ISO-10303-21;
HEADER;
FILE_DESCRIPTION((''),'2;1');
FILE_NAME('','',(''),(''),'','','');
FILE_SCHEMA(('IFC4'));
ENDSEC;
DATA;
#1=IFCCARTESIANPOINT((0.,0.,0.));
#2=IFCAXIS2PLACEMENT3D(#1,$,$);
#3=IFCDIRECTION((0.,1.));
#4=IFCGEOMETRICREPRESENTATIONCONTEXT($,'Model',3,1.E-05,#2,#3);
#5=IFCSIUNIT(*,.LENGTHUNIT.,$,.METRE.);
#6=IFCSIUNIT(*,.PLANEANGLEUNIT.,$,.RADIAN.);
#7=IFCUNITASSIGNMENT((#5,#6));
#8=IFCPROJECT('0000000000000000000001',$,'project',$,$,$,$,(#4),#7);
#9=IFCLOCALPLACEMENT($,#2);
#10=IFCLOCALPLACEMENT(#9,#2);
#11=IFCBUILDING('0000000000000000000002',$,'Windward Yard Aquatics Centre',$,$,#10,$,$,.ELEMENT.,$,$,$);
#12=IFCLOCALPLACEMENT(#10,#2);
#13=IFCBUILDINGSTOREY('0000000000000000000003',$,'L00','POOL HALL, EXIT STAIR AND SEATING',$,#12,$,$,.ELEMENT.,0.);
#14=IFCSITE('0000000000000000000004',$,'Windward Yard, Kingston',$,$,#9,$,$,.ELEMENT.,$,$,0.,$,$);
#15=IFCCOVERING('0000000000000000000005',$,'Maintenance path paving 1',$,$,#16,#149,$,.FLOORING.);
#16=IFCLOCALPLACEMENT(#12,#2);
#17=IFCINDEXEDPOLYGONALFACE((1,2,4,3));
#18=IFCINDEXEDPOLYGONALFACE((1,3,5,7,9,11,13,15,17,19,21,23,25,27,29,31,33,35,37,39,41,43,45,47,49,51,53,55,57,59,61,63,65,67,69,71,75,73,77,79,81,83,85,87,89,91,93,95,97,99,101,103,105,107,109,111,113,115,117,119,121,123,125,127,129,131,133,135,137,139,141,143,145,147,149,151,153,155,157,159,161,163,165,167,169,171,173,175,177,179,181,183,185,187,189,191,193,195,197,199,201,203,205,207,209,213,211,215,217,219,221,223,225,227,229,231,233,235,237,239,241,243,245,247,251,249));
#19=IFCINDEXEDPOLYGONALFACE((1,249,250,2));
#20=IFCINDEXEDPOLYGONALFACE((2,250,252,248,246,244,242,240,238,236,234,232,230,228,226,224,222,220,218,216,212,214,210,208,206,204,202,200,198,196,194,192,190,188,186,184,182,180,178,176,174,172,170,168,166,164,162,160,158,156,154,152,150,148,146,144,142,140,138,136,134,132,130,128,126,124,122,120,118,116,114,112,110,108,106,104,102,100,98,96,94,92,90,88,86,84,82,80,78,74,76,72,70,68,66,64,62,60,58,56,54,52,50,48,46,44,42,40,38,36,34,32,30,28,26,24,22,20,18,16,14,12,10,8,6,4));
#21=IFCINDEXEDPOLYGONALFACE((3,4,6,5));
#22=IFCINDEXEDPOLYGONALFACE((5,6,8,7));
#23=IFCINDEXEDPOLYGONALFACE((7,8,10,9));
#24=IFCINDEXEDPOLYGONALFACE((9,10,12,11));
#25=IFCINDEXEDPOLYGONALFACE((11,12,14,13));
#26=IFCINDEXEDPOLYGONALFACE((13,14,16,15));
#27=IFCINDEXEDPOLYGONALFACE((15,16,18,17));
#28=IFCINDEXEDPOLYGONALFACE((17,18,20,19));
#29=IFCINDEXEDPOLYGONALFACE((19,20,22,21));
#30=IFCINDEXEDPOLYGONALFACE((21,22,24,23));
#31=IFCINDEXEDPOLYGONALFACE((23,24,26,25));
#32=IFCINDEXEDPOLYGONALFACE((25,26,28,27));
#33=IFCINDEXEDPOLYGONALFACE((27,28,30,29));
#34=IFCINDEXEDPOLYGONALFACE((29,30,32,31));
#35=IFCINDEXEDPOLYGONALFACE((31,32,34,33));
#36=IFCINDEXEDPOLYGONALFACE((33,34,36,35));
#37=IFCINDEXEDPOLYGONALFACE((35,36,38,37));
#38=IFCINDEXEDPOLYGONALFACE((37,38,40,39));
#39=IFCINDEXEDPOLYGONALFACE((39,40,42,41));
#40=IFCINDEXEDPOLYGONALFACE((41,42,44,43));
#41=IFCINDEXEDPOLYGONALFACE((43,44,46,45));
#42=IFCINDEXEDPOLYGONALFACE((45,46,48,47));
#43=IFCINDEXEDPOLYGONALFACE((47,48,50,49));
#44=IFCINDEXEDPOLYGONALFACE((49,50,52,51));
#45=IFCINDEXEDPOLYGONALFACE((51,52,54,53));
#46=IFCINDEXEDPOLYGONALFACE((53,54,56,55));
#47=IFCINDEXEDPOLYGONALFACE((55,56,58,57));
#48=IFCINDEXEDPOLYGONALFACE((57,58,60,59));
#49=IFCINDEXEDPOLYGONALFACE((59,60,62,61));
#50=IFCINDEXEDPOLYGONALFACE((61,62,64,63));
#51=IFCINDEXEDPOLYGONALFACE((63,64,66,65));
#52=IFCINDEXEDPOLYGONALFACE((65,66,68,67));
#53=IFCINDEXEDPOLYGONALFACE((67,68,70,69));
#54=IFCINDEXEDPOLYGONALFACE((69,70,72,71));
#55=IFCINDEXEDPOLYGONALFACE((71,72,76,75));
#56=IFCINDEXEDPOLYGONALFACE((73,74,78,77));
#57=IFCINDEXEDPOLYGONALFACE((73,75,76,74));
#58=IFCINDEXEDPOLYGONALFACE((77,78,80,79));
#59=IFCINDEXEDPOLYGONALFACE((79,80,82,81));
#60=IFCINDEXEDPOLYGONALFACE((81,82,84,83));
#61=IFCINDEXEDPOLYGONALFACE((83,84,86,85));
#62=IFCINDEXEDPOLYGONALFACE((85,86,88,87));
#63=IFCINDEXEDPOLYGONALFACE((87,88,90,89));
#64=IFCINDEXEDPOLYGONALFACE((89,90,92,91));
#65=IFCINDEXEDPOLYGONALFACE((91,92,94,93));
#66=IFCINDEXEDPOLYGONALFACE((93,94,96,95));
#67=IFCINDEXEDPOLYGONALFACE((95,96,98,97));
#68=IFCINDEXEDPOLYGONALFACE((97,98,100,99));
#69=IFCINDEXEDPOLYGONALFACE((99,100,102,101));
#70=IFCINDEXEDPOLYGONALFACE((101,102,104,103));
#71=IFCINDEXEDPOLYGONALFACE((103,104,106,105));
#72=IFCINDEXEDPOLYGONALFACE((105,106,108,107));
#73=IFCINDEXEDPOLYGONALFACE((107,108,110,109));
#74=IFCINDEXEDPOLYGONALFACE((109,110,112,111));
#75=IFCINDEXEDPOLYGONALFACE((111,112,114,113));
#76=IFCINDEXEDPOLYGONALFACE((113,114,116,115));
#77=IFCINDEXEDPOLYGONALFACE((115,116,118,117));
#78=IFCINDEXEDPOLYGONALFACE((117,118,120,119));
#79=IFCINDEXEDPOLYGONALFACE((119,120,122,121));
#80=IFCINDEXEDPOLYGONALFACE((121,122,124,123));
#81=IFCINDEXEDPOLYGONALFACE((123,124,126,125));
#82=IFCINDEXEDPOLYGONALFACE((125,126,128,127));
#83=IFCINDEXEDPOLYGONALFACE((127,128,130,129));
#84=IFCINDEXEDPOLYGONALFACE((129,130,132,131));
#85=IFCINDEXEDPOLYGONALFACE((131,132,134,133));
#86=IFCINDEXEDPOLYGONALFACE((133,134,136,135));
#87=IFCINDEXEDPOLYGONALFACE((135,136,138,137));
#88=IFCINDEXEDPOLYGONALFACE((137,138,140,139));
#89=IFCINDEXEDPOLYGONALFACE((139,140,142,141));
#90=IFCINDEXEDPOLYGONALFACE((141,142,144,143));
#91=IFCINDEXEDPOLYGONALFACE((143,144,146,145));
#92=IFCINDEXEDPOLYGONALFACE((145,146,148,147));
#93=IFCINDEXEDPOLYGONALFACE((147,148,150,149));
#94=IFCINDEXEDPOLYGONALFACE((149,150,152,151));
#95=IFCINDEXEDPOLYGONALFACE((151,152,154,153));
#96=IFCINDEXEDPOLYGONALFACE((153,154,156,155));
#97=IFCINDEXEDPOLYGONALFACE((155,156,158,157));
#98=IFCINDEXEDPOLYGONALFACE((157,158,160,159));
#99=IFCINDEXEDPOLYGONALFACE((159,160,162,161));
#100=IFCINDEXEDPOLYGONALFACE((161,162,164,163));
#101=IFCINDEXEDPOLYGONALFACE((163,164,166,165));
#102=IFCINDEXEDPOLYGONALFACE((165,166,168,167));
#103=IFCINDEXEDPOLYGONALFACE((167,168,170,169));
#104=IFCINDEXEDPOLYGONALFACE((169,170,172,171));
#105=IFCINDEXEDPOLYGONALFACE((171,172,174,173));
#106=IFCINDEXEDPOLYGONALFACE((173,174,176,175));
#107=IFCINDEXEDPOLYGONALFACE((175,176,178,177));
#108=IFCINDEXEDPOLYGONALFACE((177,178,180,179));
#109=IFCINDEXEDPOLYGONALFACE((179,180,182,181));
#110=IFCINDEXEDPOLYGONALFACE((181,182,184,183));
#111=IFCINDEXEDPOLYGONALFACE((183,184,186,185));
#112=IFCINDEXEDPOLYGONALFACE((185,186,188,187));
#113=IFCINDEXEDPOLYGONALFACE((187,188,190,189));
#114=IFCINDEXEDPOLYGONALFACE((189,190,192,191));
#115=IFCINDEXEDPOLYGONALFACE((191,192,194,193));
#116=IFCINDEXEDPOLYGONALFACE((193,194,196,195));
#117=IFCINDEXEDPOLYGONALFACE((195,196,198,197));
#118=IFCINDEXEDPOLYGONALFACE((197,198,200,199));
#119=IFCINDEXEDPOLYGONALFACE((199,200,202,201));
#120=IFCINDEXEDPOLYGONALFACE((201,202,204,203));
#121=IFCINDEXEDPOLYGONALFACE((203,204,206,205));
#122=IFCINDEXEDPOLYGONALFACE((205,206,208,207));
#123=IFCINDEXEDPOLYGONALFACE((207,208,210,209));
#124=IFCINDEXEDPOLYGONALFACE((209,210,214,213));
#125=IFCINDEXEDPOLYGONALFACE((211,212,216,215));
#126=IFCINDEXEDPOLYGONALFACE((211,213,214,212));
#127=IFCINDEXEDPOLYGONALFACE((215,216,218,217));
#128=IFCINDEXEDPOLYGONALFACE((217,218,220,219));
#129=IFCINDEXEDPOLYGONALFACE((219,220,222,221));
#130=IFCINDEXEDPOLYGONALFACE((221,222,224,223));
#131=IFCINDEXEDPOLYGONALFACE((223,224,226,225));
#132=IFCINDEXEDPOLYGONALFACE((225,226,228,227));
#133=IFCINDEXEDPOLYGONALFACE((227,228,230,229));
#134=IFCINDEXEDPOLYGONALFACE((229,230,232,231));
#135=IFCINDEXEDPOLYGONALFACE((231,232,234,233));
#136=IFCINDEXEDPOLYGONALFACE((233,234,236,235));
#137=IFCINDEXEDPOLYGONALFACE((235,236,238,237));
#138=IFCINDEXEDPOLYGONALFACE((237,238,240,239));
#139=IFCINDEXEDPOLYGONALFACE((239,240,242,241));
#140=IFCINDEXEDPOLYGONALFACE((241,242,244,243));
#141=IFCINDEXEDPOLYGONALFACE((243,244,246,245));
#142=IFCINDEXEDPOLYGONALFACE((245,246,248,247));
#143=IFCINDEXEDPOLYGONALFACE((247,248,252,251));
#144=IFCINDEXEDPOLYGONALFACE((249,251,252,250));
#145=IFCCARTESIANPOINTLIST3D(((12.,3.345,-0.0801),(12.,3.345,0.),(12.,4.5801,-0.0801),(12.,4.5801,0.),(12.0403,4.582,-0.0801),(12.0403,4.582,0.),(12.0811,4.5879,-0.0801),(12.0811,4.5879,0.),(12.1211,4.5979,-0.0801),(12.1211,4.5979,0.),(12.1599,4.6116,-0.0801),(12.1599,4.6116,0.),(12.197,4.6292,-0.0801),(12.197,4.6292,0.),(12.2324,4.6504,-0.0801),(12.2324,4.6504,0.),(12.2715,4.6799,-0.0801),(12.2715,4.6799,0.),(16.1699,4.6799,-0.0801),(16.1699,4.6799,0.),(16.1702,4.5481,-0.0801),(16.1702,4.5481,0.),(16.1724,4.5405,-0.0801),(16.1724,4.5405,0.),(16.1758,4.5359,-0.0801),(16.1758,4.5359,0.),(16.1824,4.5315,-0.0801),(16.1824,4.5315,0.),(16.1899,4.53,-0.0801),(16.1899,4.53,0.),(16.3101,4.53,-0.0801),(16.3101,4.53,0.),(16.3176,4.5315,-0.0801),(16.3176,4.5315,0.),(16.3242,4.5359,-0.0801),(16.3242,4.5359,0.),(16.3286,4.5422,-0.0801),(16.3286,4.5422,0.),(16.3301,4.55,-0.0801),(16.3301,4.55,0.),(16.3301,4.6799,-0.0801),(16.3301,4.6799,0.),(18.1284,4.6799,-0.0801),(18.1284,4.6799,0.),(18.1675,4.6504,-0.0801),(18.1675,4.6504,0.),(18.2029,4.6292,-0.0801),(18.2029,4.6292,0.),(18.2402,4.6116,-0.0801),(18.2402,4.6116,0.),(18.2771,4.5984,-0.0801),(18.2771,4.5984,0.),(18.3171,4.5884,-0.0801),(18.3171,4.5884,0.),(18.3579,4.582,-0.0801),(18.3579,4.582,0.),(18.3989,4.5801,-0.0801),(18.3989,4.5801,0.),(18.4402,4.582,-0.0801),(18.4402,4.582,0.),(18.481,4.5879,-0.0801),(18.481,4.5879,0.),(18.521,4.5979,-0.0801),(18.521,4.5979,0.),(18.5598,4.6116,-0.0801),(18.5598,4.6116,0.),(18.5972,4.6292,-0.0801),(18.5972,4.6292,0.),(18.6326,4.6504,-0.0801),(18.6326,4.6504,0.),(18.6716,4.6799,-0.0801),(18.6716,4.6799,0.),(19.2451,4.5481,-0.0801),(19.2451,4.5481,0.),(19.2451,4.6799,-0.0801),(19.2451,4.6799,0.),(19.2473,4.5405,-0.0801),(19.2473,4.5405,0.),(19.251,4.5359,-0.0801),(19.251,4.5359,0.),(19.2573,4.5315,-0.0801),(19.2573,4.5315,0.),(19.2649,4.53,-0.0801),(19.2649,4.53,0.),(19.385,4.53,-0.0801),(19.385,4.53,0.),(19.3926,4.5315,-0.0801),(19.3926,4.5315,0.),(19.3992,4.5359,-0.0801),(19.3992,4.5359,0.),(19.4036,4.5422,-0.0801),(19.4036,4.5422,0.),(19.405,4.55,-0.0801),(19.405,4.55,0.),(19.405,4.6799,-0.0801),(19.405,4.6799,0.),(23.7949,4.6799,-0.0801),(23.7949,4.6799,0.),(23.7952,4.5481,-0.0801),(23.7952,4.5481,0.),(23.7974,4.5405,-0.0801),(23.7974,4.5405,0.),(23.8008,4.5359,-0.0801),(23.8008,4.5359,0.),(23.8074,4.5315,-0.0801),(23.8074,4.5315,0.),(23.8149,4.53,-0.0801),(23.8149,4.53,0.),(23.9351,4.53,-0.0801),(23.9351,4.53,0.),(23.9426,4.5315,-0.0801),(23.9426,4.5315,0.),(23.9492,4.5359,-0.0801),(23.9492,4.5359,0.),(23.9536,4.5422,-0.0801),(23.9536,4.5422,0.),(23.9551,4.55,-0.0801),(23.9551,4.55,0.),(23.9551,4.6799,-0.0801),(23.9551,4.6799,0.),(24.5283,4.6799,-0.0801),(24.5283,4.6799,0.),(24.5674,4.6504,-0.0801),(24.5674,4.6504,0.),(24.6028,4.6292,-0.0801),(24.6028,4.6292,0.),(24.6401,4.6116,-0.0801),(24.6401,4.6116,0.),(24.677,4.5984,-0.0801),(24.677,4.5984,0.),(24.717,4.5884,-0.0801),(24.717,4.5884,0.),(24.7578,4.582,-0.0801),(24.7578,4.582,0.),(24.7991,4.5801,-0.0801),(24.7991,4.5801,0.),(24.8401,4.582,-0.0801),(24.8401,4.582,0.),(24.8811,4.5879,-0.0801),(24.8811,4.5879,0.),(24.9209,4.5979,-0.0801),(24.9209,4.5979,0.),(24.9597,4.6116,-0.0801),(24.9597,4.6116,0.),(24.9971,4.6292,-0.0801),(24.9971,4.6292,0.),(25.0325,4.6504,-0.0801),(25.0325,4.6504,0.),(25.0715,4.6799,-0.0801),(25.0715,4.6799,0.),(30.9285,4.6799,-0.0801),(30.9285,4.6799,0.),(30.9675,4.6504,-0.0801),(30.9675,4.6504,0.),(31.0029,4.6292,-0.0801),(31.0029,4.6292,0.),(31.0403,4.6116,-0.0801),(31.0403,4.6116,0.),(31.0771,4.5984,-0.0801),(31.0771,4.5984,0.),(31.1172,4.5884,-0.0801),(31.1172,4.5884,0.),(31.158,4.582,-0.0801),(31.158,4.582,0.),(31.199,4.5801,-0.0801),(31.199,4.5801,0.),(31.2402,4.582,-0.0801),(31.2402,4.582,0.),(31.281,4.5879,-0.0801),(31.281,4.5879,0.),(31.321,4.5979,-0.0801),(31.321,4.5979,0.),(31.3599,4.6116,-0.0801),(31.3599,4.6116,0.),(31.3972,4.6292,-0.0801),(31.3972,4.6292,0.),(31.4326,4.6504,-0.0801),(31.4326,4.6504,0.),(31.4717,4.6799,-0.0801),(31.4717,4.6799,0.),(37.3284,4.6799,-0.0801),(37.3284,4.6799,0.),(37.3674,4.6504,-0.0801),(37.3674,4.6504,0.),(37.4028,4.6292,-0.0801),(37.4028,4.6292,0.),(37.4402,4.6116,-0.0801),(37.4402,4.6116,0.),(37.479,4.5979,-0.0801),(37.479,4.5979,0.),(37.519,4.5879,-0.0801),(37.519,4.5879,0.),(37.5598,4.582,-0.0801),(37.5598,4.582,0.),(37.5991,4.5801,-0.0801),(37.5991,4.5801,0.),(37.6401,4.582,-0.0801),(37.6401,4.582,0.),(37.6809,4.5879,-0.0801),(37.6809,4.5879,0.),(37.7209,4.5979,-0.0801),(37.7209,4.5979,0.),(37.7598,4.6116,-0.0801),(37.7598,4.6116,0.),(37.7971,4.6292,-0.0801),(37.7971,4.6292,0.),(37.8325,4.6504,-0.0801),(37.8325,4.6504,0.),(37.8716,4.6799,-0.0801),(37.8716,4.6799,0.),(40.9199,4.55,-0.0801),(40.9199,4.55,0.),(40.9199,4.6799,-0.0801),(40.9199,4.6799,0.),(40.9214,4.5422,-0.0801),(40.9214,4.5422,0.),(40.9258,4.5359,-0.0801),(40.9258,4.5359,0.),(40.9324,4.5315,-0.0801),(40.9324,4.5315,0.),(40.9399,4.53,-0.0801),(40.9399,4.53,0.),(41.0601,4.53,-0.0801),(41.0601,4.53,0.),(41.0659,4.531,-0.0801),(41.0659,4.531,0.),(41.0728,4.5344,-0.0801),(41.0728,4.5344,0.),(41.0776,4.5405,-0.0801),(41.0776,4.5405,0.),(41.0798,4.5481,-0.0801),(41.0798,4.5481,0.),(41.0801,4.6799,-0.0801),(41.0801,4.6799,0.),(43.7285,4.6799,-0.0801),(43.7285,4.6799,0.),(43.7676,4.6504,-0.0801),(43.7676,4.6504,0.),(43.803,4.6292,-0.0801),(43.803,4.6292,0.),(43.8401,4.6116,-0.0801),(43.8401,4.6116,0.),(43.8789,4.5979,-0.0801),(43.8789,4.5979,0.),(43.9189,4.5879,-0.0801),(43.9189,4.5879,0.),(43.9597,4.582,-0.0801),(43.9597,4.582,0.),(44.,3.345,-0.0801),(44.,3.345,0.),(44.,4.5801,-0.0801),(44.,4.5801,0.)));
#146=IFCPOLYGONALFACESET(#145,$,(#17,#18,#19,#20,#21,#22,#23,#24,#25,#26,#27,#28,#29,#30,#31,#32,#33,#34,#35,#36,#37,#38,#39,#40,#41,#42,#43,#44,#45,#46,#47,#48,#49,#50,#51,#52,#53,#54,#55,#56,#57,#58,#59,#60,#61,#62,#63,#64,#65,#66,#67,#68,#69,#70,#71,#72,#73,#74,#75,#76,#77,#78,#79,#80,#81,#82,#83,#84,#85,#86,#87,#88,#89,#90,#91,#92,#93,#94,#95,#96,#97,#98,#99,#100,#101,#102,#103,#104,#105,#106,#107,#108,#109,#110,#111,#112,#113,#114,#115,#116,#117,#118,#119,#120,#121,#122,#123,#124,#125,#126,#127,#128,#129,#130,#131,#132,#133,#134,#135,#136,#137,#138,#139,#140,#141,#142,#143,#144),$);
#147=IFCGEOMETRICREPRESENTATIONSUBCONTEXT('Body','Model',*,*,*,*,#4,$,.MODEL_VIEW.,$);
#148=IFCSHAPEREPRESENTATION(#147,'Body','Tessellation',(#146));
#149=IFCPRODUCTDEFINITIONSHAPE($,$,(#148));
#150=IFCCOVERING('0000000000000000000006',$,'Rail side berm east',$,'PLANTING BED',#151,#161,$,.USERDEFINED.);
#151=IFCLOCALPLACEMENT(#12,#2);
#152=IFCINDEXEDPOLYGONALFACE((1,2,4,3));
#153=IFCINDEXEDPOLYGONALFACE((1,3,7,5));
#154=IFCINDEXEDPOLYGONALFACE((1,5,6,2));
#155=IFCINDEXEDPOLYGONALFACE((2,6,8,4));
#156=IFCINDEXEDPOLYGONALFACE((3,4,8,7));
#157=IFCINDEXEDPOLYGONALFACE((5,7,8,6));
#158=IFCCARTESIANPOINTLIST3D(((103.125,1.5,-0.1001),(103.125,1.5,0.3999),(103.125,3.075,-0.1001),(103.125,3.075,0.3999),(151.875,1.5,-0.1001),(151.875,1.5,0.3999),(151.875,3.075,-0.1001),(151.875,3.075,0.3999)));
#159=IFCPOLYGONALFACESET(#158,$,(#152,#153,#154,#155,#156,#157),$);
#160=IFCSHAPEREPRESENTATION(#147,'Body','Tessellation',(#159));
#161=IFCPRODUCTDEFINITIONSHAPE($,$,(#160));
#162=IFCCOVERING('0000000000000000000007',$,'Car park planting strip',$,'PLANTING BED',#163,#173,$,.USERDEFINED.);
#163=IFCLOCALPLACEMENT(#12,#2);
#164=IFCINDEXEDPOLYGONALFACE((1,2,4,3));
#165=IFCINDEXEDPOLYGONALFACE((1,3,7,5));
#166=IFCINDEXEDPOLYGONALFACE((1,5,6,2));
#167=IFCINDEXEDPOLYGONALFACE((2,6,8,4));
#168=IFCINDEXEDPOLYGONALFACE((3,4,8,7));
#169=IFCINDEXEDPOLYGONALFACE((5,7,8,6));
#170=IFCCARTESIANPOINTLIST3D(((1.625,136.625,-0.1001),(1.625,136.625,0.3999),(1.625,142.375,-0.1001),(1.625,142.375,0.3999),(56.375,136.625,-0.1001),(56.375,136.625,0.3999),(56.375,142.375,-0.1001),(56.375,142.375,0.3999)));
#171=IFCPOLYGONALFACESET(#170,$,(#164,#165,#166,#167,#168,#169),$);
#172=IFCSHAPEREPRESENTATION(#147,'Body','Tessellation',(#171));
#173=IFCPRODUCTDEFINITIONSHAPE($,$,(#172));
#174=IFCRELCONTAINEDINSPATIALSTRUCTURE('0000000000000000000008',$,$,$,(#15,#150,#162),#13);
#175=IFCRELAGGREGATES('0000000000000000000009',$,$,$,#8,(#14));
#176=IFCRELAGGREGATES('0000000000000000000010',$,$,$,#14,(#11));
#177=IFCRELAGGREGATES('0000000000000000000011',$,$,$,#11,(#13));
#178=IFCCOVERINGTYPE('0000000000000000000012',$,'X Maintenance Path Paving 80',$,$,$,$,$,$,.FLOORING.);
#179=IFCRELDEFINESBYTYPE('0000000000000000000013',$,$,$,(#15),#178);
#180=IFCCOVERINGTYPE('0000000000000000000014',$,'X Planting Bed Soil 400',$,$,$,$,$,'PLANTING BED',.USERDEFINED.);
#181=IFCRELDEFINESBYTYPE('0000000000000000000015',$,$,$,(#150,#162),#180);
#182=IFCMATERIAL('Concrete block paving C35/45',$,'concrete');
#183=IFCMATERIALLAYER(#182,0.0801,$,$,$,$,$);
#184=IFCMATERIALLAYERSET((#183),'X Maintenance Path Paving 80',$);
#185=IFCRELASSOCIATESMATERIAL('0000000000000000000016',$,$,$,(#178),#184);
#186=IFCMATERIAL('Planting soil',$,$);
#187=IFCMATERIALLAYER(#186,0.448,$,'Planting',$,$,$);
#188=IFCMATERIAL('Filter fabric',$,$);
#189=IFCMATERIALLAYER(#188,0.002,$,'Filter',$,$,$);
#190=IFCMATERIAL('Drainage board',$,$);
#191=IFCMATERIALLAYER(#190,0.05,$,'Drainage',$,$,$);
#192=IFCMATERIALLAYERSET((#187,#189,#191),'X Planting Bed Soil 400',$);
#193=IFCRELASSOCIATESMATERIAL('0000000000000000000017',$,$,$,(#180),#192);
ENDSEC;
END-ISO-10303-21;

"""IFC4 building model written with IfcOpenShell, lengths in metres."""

from ifc_helpers import new_model, si_unit, direction, frame, origin, place, context, subcontext, project, spatial, polyline, outline, extrude, material, layer, layer_set, type_object, element, save


model = new_model("IFC4")

# Units and contexts
model_context = context("Model", 3, precision=1e-05, world=origin(), true_north=direction((0.0, 1.0)))
body_context = subcontext(model_context, "Body", "Model", "MODEL_VIEW")
ifc_project = project(units=[si_unit("LENGTHUNIT", "METRE"), si_unit("PLANEANGLEUNIT", "RADIAN")], contexts=[model_context])

# Site, building, storey
site_placement = place(None, origin())
site = spatial("IfcSite", under=ifc_project, at=site_placement, Name="Windward Yard, Kingston", CompositionType="ELEMENT", RefElevation=0.0)
building_placement = place(site_placement, origin())
building = spatial("IfcBuilding", under=site, at=building_placement, Name="Windward Yard Aquatics Centre", CompositionType="ELEMENT")
storey_placement = place(building_placement, origin())
storey = spatial("IfcBuildingStorey", under=building, at=storey_placement, Name="L00", Description="POOL HALL, EXIT STAIR AND SEATING", CompositionType="ELEMENT", Elevation=0.0)

# Coverings
ifc_material_1 = material(Name="Concrete block paving C35/45", Category="concrete")
ifc_layer_1 = layer(ifc_material_1, 0.0801)
ifc_layer_set_1 = layer_set([ifc_layer_1], Name="X Maintenance Path Paving 80")
covering_type_1 = type_object("IfcCoveringType", Name="X Maintenance Path Paving 80", PredefinedType="FLOORING", material=ifc_layer_set_1)
covering_1_placement = place(storey_placement, frame((0.0, 0.0, -0.0801)))
element("IfcCovering", 1, at=covering_1_placement, inside=storey, type_object=covering_type_1, Name="Maintenance path paving 1", PredefinedType="FLOORING", context=body_context, shape_type="SweptSolid", body=[
    extrude(outline(polyline([(12.0, 3.345), (44.0, 3.345), (44.0, 4.5801), (43.9597, 4.582), (43.9189, 4.5879), (43.8789, 4.5979), (43.8401, 4.6116), (43.803, 4.6292), (43.7676, 4.6504), (43.7285, 4.6799), (41.0801, 4.6799), (41.0798, 4.5481), (41.0776, 4.5405), (41.0728, 4.5344), (41.0659, 4.531), (41.0601, 4.53), (40.9399, 4.53), (40.9324, 4.5315), (40.9258, 4.5359), (40.9214, 4.5422), (40.9199, 4.55), (40.9199, 4.6799), (37.8716, 4.6799), (37.8325, 4.6504), (37.7971, 4.6292), (37.7598, 4.6116), (37.7209, 4.5979), (37.6809, 4.5879), (37.6401, 4.582), (37.5991, 4.5801), (37.5598, 4.582), (37.519, 4.5879), (37.479, 4.5979), (37.4402, 4.6116), (37.4028, 4.6292), (37.3674, 4.6504), (37.3284, 4.6799), (31.4717, 4.6799), (31.4326, 4.6504), (31.3972, 4.6292), (31.3599, 4.6116), (31.321, 4.5979), (31.281, 4.5879), (31.2402, 4.582), (31.199, 4.5801), (31.158, 4.582), (31.1172, 4.5884), (31.0771, 4.5984), (31.0403, 4.6116), (31.0029, 4.6292), (30.9675, 4.6504), (30.9285, 4.6799), (25.0715, 4.6799), (25.0325, 4.6504), (24.9971, 4.6292), (24.9597, 4.6116), (24.9209, 4.5979), (24.8811, 4.5879), (24.8401, 4.582), (24.7991, 4.5801), (24.7578, 4.582), (24.717, 4.5884), (24.677, 4.5984), (24.6401, 4.6116), (24.6028, 4.6292), (24.5674, 4.6504), (24.5283, 4.6799), (23.9551, 4.6799), (23.9551, 4.55), (23.9536, 4.5422), (23.9492, 4.5359), (23.9426, 4.5315), (23.9351, 4.53), (23.8149, 4.53), (23.8074, 4.5315), (23.8008, 4.5359), (23.7974, 4.5405), (23.7952, 4.5481), (23.7949, 4.6799), (19.405, 4.6799), (19.405, 4.55), (19.4036, 4.5422), (19.3992, 4.5359), (19.3926, 4.5315), (19.385, 4.53), (19.2649, 4.53), (19.2573, 4.5315), (19.251, 4.5359), (19.2473, 4.5405), (19.2451, 4.5481), (19.2451, 4.6799), (18.6716, 4.6799), (18.6326, 4.6504), (18.5972, 4.6292), (18.5598, 4.6116), (18.521, 4.5979), (18.481, 4.5879), (18.4402, 4.582), (18.3989, 4.5801), (18.3579, 4.582), (18.3171, 4.5884), (18.2771, 4.5984), (18.2402, 4.6116), (18.2029, 4.6292), (18.1675, 4.6504), (18.1284, 4.6799), (16.3301, 4.6799), (16.3301, 4.55), (16.3286, 4.5422), (16.3242, 4.5359), (16.3176, 4.5315), (16.3101, 4.53), (16.1899, 4.53), (16.1824, 4.5315), (16.1758, 4.5359), (16.1724, 4.5405), (16.1702, 4.5481), (16.1699, 4.6799), (12.2715, 4.6799), (12.2324, 4.6504), (12.197, 4.6292), (12.1599, 4.6116), (12.1211, 4.5979), (12.0811, 4.5879), (12.0403, 4.582), (12.0, 4.5801), (12.0, 3.345)])), origin(), (0.0, 0.0, 1.0), 0.0801),
])
ifc_material_2 = material(Name="Planting soil")
ifc_layer_2 = layer(ifc_material_2, 0.448, Name="Planting")
ifc_material_3 = material(Name="Filter fabric")
ifc_layer_3 = layer(ifc_material_3, 0.002, Name="Filter")
ifc_material_4 = material(Name="Drainage board")
ifc_layer_4 = layer(ifc_material_4, 0.05, Name="Drainage")
ifc_layer_set_2 = layer_set([ifc_layer_2, ifc_layer_3, ifc_layer_4], Name="X Planting Bed Soil 400")
covering_type_2 = type_object("IfcCoveringType", Name="X Planting Bed Soil 400", ElementType="PLANTING BED", PredefinedType="USERDEFINED", material=ifc_layer_set_2)
covering_2_placement = place(storey_placement, frame((0.0, 0.0, -0.1001)))
element("IfcCovering", 2, at=covering_2_placement, inside=storey, type_object=covering_type_2, Name="Rail side berm east", ObjectType="PLANTING BED", PredefinedType="USERDEFINED", context=body_context, shape_type="SweptSolid", body=[
    extrude(outline(polyline([(103.125, 1.5), (151.875, 1.5), (151.875, 3.075), (103.125, 3.075), (103.125, 1.5)])), origin(), (0.0, 0.0, 1.0), 0.5),
])
covering_3_placement = place(storey_placement, frame((0.0, 0.0, -0.1001)))
element("IfcCovering", 3, at=covering_3_placement, inside=storey, type_object=covering_type_2, Name="Car park planting strip", ObjectType="PLANTING BED", PredefinedType="USERDEFINED", context=body_context, shape_type="SweptSolid", body=[
    extrude(outline(polyline([(1.625, 136.625), (56.375, 136.625), (56.375, 142.375), (1.625, 142.375), (1.625, 136.625)])), origin(), (0.0, 0.0, 1.0), 0.5),
])

save(model, "model.ifc")
